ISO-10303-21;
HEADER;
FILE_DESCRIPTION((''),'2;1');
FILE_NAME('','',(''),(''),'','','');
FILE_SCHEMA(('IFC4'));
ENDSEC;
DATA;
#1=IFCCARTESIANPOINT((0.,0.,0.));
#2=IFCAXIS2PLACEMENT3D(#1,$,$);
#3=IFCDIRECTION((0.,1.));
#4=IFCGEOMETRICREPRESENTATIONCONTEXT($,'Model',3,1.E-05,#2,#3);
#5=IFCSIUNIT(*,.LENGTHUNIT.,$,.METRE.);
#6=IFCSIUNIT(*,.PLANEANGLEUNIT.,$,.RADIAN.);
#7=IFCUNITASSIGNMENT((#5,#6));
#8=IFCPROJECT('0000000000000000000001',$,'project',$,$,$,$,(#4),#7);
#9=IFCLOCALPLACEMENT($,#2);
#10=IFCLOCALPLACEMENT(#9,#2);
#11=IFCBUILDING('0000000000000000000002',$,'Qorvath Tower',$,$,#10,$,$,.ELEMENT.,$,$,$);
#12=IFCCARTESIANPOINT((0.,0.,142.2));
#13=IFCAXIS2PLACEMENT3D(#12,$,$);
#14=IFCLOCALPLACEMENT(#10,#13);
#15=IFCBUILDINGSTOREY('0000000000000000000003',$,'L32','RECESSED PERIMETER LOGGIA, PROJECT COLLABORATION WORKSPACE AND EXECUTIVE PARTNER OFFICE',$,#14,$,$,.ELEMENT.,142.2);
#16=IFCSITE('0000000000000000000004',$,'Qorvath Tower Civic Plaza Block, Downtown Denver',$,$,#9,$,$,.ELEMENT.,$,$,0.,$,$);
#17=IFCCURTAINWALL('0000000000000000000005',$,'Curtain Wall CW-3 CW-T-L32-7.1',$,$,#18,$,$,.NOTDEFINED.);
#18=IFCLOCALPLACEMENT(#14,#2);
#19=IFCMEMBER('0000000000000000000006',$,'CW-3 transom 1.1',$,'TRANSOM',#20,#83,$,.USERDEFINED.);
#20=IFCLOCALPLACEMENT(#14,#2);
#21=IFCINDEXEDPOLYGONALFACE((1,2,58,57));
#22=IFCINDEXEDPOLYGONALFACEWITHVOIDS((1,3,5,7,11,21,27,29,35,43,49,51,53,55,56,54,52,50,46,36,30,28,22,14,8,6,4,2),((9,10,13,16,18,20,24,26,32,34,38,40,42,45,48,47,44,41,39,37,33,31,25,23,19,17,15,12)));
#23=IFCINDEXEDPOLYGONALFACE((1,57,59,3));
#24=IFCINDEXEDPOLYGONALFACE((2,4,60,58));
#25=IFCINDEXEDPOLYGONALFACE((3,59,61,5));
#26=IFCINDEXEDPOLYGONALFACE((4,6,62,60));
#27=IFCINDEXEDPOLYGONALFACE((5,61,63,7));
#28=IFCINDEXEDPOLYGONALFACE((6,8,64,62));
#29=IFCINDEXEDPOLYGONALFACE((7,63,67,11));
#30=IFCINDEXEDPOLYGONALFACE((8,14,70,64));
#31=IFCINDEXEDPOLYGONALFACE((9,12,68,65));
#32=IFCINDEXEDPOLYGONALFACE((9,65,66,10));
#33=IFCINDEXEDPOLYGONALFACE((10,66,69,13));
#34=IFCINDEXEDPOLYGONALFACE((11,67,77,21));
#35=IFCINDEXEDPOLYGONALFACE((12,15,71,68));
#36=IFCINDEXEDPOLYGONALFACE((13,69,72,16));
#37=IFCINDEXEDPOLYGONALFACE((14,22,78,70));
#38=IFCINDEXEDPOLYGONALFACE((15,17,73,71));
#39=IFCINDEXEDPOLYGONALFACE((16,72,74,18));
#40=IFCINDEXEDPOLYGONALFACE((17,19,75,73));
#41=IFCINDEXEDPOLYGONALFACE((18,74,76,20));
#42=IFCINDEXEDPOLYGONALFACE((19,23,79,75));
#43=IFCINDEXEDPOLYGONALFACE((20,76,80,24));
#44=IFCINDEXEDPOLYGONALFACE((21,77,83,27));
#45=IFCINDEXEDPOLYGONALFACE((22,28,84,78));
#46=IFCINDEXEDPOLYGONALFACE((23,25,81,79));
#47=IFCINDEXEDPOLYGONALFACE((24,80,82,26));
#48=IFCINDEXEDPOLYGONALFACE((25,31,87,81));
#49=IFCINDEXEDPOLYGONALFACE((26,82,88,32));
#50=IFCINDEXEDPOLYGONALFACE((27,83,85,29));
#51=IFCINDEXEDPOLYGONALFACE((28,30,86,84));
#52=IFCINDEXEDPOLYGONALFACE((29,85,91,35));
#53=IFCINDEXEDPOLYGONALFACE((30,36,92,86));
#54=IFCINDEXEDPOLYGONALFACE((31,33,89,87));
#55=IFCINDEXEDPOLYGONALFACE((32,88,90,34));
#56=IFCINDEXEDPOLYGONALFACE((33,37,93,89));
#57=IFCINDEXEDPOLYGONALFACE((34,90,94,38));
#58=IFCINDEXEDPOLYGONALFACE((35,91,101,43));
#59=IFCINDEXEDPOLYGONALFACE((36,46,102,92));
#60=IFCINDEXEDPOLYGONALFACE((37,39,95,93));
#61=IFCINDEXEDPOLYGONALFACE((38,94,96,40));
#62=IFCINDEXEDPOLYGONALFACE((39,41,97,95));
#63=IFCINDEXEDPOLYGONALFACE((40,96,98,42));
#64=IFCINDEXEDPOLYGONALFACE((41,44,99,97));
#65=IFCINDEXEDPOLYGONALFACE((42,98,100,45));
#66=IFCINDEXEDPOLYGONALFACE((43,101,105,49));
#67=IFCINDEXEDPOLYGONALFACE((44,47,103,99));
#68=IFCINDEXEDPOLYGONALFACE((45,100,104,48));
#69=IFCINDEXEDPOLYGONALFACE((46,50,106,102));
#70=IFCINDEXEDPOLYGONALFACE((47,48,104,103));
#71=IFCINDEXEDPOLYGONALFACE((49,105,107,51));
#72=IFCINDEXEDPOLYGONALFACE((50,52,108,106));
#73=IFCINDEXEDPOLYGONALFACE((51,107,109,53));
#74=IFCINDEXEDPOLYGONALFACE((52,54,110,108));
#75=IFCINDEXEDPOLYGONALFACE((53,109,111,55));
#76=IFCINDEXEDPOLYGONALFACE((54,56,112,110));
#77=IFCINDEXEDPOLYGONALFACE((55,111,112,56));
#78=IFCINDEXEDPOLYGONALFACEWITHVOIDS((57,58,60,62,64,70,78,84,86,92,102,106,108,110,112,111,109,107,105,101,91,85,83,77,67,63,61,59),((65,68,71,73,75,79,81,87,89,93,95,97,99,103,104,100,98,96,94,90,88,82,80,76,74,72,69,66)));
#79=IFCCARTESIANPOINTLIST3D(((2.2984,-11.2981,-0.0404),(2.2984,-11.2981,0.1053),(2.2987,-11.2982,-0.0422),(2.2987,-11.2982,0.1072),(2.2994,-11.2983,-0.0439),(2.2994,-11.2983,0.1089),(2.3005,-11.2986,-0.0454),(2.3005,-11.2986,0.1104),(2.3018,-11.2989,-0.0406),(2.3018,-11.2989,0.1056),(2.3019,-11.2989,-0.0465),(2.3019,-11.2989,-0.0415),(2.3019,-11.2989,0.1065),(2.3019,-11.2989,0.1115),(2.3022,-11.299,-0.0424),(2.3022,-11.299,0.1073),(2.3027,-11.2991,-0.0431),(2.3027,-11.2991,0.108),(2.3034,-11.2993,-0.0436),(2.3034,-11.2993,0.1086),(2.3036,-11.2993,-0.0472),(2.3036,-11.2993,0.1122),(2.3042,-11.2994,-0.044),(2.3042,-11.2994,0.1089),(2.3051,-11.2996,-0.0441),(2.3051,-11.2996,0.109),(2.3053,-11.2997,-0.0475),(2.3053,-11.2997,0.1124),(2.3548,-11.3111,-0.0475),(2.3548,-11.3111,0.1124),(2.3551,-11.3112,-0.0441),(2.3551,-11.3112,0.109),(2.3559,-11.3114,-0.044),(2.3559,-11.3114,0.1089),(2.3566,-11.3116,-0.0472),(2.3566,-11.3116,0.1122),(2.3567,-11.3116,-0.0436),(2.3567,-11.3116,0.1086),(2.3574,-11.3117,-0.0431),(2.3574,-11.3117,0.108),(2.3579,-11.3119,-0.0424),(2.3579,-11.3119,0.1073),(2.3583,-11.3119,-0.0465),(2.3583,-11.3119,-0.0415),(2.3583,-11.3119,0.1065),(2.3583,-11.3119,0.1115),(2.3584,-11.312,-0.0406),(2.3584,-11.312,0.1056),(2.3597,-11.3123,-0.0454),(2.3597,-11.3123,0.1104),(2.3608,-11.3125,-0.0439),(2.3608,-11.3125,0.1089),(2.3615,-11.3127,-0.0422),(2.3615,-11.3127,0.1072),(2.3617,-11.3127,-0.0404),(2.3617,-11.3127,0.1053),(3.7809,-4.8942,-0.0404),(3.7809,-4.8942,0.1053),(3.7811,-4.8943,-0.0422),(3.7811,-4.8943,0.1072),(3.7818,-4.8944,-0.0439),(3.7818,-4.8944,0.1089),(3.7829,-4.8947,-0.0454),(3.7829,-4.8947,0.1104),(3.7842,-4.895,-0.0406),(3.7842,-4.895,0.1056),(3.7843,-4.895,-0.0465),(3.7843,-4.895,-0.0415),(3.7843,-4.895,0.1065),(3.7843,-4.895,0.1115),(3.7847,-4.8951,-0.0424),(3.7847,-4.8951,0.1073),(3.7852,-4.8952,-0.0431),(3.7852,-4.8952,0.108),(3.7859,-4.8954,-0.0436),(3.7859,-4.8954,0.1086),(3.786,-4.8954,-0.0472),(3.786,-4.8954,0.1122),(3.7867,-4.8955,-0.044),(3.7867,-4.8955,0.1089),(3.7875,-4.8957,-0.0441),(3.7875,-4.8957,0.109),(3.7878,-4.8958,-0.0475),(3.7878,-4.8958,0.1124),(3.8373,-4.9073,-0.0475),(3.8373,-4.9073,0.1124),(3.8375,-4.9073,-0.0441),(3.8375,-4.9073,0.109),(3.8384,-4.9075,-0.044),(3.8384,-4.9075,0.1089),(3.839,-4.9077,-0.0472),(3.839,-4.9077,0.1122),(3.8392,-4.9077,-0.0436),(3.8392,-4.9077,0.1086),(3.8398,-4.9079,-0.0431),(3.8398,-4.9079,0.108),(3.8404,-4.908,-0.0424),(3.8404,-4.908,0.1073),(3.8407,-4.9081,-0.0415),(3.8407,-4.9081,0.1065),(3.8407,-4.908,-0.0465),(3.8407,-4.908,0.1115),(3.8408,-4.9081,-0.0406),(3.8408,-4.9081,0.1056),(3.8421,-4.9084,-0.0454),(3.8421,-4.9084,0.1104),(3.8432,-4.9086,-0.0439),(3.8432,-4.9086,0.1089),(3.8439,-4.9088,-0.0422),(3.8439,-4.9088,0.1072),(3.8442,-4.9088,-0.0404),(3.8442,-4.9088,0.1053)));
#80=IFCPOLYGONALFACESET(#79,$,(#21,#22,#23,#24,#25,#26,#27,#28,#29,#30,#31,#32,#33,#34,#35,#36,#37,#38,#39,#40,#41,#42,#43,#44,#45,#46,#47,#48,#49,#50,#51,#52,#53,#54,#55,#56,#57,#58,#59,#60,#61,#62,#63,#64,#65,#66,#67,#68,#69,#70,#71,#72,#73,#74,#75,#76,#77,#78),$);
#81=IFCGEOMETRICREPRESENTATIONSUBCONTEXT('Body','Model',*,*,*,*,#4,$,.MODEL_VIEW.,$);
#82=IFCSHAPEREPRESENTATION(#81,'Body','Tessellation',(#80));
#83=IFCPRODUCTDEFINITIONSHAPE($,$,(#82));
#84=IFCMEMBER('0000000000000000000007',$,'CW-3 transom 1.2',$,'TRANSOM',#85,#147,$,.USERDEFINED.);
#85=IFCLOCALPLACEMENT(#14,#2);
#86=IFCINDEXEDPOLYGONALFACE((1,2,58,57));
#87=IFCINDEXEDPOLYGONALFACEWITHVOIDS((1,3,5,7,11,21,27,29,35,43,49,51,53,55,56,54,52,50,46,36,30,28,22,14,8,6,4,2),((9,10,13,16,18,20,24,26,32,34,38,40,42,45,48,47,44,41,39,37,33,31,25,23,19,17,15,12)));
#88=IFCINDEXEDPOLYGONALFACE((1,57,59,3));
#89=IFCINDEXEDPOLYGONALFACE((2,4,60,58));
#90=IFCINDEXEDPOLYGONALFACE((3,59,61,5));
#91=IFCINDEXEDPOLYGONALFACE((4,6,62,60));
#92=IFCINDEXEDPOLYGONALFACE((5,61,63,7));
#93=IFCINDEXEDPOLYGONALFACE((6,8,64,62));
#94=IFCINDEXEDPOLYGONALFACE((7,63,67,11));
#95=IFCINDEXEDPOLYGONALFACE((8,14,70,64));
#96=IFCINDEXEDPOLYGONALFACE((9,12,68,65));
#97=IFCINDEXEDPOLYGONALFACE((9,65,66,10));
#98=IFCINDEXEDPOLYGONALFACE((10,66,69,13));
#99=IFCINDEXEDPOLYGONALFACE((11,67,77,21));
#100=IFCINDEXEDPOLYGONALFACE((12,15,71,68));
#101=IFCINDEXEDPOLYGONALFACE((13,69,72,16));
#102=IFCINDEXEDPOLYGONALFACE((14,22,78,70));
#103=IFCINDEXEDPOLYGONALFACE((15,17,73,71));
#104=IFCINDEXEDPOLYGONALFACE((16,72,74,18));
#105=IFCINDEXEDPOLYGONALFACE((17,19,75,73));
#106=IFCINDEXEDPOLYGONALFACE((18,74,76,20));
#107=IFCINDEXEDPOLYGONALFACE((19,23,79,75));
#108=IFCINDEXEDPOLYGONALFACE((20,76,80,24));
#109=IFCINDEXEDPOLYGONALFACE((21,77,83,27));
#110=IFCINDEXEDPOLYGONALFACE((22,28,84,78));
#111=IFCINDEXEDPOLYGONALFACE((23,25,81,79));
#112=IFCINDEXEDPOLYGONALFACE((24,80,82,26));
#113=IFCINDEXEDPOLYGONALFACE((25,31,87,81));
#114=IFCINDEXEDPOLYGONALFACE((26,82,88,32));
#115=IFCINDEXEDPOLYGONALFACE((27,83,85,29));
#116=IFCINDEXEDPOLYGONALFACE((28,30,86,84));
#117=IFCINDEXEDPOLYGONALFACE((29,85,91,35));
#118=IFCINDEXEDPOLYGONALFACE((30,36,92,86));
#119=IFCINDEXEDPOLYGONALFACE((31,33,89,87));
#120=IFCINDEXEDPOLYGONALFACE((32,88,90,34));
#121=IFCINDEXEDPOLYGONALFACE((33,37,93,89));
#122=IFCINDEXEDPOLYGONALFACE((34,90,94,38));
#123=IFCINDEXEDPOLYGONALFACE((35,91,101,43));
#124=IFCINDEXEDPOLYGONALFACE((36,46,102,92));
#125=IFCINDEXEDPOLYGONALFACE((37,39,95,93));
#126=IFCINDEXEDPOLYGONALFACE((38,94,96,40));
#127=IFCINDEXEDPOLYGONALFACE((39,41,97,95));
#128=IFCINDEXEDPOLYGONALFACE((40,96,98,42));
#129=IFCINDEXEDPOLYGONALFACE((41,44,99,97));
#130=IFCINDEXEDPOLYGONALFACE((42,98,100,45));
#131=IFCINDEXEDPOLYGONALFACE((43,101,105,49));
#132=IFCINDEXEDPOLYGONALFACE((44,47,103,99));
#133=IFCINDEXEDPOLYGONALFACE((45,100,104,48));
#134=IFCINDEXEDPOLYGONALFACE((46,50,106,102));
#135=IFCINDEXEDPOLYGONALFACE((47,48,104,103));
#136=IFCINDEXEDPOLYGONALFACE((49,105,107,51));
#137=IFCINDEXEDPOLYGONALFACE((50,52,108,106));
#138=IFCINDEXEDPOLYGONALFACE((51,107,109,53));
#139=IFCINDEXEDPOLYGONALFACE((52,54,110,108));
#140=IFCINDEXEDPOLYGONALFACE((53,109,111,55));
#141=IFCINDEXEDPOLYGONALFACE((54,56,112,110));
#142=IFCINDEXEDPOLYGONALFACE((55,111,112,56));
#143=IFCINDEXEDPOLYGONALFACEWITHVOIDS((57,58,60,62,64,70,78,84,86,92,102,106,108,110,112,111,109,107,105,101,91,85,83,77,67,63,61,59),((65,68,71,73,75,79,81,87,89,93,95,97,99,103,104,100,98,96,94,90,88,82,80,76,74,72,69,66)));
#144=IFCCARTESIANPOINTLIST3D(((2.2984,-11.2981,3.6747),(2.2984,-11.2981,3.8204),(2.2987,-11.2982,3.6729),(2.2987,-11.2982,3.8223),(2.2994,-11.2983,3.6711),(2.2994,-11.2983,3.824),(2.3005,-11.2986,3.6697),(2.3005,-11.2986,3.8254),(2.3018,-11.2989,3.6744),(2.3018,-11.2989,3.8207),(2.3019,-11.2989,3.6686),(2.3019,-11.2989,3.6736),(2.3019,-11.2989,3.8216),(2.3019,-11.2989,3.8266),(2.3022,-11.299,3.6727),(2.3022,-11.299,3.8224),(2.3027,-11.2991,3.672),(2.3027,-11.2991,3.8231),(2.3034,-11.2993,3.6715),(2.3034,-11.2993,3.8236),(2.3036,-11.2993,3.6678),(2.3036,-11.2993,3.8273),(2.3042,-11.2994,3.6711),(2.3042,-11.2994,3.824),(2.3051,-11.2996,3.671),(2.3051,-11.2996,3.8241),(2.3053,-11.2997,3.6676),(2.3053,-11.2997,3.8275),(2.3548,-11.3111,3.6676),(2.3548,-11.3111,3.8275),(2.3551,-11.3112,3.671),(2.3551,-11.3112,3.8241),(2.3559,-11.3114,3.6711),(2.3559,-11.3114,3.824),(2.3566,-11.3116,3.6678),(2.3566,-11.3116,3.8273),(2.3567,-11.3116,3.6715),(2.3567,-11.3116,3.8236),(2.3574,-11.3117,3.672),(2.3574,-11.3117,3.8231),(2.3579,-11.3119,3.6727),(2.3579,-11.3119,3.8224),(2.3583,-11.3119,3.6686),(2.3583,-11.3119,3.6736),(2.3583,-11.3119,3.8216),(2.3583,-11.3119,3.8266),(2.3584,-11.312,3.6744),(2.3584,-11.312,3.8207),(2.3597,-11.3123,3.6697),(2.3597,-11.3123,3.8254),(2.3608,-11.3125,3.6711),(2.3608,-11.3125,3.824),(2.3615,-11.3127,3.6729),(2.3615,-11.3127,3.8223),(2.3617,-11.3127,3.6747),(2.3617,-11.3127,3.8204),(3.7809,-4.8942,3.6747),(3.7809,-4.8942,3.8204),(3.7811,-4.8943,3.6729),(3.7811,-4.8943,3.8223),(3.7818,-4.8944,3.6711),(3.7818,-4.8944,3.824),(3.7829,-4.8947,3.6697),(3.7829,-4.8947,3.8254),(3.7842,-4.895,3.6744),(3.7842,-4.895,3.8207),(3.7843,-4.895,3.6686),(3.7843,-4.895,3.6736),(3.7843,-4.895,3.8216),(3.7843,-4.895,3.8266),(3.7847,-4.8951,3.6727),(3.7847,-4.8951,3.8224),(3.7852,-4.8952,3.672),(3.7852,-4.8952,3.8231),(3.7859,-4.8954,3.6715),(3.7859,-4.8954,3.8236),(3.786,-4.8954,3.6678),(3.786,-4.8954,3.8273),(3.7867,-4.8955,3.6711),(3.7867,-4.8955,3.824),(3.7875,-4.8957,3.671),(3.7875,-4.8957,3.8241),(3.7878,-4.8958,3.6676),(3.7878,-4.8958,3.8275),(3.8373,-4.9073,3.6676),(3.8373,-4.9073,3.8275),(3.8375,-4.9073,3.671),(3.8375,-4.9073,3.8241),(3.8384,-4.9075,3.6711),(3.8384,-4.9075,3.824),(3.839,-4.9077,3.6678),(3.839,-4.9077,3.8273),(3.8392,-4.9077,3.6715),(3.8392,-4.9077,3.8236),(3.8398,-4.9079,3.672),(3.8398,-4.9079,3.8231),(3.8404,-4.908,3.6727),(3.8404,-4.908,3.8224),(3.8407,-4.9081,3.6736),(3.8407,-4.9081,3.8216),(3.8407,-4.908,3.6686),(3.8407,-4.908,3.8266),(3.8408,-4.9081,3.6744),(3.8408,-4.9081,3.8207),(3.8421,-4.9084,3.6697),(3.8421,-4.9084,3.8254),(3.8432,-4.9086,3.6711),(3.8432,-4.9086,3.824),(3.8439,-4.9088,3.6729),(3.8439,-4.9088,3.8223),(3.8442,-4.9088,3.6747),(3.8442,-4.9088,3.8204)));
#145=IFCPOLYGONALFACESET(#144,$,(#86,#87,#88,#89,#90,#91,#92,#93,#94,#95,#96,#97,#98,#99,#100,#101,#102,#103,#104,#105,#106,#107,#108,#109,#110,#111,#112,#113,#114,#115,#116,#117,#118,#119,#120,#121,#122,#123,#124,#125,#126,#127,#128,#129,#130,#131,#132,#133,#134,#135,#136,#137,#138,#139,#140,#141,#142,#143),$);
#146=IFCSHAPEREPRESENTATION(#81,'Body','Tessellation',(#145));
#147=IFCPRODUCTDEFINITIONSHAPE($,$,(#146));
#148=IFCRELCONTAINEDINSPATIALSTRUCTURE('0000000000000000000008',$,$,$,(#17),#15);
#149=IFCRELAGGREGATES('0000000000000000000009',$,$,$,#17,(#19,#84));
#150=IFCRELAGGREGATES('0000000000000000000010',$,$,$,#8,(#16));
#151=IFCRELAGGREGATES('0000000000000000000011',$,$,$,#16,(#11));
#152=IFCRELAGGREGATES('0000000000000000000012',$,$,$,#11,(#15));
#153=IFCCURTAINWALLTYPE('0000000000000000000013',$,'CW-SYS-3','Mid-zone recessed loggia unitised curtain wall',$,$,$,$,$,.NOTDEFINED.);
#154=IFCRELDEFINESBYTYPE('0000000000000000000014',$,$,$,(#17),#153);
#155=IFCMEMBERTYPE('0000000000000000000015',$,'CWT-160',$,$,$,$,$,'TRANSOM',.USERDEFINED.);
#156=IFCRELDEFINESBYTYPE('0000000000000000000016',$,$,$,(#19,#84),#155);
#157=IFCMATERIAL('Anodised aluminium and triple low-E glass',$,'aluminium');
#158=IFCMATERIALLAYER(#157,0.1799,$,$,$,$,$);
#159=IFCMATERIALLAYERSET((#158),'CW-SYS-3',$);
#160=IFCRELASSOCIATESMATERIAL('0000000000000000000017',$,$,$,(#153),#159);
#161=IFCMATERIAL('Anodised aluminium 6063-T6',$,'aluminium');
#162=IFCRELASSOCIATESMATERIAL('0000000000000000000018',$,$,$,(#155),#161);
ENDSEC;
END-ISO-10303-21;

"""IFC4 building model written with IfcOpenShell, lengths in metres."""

from ifc_helpers import new_model, si_unit, direction, frame, origin, origin_2d, place, context, subcontext, project, spatial, hollow_rectangle, extrude, material, layer, layer_set, material_profile, profile_set, type_object, element, aggregate, save


model = new_model("IFC4")

# Units and contexts
model_context = context("Model", 3, precision=1e-05, world=origin(), true_north=direction((0.0, 1.0)))
body_context = subcontext(model_context, "Body", "Model", "MODEL_VIEW")
ifc_project = project(units=[si_unit("LENGTHUNIT", "METRE"), si_unit("PLANEANGLEUNIT", "RADIAN")], contexts=[model_context])

# Site, building, storey
site_placement = place(None, origin())
site = spatial("IfcSite", under=ifc_project, at=site_placement, Name="Qorvath Tower Civic Plaza Block, Downtown Denver", CompositionType="ELEMENT", RefElevation=0.0)
building_placement = place(site_placement, origin())
building = spatial("IfcBuilding", under=site, at=building_placement, Name="Qorvath Tower", CompositionType="ELEMENT")
storey_placement = place(building_placement, frame((0.0, 0.0, 142.2)))
storey = spatial("IfcBuildingStorey", under=building, at=storey_placement, Name="L32", Description="RECESSED PERIMETER LOGGIA, PROJECT COLLABORATION WORKSPACE AND EXECUTIVE PARTNER OFFICE", CompositionType="ELEMENT", Elevation=142.2)

# Curtain wall
ifc_material_1 = material(Name="Anodised aluminium and triple low-E glass", Category="aluminium")
ifc_layer_1 = layer(ifc_material_1, 0.1799)
ifc_layer_set_1 = layer_set([ifc_layer_1], Name="CW-SYS-3")
curtain_wall_type = type_object("IfcCurtainWallType", Name="CW-SYS-3", Description="Mid-zone recessed loggia unitised curtain wall", PredefinedType="NOTDEFINED", material=ifc_layer_set_1)
curtain_wall_1_placement = place(storey_placement, origin())
curtain_wall_1 = element("IfcCurtainWall", 1, at=curtain_wall_1_placement, inside=storey, type_object=curtain_wall_type, Name="Curtain Wall CW-3 CW-T-L32-7.1", PredefinedType="NOTDEFINED")

# Members
ifc_material_2 = material(Name="Anodised aluminium 6063-T6", Category="aluminium")
ifc_material_profile_1 = material_profile(ifc_material_2, hollow_rectangle(XDim=0.0649, YDim=0.1599, WallThickness=0.0034, InnerFilletRadius=0.0034, OuterFilletRadius=0.0071, at=origin_2d()), Name="CWT 160x65")
ifc_profile_set_1 = profile_set([ifc_material_profile_1], Name="Anodised aluminium 6063-T6")
member_type_1 = type_object("IfcMemberType", Name="CWT-160", ElementType="TRANSOM", PredefinedType="USERDEFINED", material=ifc_profile_set_1)
member_1_placement = place(storey_placement, frame((2.3301, -11.3054, 0.0325), z_axis=(0.225527, 0.974237, 0.0), x_axis=(-0.974237, 0.225527, 0.0)))
member_1 = element("IfcMember", 2, at=member_1_placement, type_object=member_type_1, Name="CW-3 transom 1.1", ObjectType="TRANSOM", PredefinedType="USERDEFINED", context=body_context, shape_type="SweptSolid", body=[
    extrude(hollow_rectangle(XDim=0.0649, YDim=0.1599, WallThickness=0.0034, InnerFilletRadius=0.0034, OuterFilletRadius=0.0071, at=origin_2d()), origin(), (0.0, 0.0, 1.0), 6.5732),
])
member_2_placement = place(storey_placement, frame((2.3301, -11.3054, 3.7476), z_axis=(0.225527, 0.974237, 0.0), x_axis=(-0.974237, 0.225527, 0.0)))
member_2 = element("IfcMember", 3, at=member_2_placement, type_object=member_type_1, Name="CW-3 transom 1.2", ObjectType="TRANSOM", PredefinedType="USERDEFINED", context=body_context, shape_type="SweptSolid", body=[
    extrude(hollow_rectangle(XDim=0.0649, YDim=0.1599, WallThickness=0.0034, InnerFilletRadius=0.0034, OuterFilletRadius=0.0071, at=origin_2d()), origin(), (0.0, 0.0, 1.0), 6.5732),
])

aggregate(curtain_wall_1, [member_1, member_2])

save(model, "model.ifc")
